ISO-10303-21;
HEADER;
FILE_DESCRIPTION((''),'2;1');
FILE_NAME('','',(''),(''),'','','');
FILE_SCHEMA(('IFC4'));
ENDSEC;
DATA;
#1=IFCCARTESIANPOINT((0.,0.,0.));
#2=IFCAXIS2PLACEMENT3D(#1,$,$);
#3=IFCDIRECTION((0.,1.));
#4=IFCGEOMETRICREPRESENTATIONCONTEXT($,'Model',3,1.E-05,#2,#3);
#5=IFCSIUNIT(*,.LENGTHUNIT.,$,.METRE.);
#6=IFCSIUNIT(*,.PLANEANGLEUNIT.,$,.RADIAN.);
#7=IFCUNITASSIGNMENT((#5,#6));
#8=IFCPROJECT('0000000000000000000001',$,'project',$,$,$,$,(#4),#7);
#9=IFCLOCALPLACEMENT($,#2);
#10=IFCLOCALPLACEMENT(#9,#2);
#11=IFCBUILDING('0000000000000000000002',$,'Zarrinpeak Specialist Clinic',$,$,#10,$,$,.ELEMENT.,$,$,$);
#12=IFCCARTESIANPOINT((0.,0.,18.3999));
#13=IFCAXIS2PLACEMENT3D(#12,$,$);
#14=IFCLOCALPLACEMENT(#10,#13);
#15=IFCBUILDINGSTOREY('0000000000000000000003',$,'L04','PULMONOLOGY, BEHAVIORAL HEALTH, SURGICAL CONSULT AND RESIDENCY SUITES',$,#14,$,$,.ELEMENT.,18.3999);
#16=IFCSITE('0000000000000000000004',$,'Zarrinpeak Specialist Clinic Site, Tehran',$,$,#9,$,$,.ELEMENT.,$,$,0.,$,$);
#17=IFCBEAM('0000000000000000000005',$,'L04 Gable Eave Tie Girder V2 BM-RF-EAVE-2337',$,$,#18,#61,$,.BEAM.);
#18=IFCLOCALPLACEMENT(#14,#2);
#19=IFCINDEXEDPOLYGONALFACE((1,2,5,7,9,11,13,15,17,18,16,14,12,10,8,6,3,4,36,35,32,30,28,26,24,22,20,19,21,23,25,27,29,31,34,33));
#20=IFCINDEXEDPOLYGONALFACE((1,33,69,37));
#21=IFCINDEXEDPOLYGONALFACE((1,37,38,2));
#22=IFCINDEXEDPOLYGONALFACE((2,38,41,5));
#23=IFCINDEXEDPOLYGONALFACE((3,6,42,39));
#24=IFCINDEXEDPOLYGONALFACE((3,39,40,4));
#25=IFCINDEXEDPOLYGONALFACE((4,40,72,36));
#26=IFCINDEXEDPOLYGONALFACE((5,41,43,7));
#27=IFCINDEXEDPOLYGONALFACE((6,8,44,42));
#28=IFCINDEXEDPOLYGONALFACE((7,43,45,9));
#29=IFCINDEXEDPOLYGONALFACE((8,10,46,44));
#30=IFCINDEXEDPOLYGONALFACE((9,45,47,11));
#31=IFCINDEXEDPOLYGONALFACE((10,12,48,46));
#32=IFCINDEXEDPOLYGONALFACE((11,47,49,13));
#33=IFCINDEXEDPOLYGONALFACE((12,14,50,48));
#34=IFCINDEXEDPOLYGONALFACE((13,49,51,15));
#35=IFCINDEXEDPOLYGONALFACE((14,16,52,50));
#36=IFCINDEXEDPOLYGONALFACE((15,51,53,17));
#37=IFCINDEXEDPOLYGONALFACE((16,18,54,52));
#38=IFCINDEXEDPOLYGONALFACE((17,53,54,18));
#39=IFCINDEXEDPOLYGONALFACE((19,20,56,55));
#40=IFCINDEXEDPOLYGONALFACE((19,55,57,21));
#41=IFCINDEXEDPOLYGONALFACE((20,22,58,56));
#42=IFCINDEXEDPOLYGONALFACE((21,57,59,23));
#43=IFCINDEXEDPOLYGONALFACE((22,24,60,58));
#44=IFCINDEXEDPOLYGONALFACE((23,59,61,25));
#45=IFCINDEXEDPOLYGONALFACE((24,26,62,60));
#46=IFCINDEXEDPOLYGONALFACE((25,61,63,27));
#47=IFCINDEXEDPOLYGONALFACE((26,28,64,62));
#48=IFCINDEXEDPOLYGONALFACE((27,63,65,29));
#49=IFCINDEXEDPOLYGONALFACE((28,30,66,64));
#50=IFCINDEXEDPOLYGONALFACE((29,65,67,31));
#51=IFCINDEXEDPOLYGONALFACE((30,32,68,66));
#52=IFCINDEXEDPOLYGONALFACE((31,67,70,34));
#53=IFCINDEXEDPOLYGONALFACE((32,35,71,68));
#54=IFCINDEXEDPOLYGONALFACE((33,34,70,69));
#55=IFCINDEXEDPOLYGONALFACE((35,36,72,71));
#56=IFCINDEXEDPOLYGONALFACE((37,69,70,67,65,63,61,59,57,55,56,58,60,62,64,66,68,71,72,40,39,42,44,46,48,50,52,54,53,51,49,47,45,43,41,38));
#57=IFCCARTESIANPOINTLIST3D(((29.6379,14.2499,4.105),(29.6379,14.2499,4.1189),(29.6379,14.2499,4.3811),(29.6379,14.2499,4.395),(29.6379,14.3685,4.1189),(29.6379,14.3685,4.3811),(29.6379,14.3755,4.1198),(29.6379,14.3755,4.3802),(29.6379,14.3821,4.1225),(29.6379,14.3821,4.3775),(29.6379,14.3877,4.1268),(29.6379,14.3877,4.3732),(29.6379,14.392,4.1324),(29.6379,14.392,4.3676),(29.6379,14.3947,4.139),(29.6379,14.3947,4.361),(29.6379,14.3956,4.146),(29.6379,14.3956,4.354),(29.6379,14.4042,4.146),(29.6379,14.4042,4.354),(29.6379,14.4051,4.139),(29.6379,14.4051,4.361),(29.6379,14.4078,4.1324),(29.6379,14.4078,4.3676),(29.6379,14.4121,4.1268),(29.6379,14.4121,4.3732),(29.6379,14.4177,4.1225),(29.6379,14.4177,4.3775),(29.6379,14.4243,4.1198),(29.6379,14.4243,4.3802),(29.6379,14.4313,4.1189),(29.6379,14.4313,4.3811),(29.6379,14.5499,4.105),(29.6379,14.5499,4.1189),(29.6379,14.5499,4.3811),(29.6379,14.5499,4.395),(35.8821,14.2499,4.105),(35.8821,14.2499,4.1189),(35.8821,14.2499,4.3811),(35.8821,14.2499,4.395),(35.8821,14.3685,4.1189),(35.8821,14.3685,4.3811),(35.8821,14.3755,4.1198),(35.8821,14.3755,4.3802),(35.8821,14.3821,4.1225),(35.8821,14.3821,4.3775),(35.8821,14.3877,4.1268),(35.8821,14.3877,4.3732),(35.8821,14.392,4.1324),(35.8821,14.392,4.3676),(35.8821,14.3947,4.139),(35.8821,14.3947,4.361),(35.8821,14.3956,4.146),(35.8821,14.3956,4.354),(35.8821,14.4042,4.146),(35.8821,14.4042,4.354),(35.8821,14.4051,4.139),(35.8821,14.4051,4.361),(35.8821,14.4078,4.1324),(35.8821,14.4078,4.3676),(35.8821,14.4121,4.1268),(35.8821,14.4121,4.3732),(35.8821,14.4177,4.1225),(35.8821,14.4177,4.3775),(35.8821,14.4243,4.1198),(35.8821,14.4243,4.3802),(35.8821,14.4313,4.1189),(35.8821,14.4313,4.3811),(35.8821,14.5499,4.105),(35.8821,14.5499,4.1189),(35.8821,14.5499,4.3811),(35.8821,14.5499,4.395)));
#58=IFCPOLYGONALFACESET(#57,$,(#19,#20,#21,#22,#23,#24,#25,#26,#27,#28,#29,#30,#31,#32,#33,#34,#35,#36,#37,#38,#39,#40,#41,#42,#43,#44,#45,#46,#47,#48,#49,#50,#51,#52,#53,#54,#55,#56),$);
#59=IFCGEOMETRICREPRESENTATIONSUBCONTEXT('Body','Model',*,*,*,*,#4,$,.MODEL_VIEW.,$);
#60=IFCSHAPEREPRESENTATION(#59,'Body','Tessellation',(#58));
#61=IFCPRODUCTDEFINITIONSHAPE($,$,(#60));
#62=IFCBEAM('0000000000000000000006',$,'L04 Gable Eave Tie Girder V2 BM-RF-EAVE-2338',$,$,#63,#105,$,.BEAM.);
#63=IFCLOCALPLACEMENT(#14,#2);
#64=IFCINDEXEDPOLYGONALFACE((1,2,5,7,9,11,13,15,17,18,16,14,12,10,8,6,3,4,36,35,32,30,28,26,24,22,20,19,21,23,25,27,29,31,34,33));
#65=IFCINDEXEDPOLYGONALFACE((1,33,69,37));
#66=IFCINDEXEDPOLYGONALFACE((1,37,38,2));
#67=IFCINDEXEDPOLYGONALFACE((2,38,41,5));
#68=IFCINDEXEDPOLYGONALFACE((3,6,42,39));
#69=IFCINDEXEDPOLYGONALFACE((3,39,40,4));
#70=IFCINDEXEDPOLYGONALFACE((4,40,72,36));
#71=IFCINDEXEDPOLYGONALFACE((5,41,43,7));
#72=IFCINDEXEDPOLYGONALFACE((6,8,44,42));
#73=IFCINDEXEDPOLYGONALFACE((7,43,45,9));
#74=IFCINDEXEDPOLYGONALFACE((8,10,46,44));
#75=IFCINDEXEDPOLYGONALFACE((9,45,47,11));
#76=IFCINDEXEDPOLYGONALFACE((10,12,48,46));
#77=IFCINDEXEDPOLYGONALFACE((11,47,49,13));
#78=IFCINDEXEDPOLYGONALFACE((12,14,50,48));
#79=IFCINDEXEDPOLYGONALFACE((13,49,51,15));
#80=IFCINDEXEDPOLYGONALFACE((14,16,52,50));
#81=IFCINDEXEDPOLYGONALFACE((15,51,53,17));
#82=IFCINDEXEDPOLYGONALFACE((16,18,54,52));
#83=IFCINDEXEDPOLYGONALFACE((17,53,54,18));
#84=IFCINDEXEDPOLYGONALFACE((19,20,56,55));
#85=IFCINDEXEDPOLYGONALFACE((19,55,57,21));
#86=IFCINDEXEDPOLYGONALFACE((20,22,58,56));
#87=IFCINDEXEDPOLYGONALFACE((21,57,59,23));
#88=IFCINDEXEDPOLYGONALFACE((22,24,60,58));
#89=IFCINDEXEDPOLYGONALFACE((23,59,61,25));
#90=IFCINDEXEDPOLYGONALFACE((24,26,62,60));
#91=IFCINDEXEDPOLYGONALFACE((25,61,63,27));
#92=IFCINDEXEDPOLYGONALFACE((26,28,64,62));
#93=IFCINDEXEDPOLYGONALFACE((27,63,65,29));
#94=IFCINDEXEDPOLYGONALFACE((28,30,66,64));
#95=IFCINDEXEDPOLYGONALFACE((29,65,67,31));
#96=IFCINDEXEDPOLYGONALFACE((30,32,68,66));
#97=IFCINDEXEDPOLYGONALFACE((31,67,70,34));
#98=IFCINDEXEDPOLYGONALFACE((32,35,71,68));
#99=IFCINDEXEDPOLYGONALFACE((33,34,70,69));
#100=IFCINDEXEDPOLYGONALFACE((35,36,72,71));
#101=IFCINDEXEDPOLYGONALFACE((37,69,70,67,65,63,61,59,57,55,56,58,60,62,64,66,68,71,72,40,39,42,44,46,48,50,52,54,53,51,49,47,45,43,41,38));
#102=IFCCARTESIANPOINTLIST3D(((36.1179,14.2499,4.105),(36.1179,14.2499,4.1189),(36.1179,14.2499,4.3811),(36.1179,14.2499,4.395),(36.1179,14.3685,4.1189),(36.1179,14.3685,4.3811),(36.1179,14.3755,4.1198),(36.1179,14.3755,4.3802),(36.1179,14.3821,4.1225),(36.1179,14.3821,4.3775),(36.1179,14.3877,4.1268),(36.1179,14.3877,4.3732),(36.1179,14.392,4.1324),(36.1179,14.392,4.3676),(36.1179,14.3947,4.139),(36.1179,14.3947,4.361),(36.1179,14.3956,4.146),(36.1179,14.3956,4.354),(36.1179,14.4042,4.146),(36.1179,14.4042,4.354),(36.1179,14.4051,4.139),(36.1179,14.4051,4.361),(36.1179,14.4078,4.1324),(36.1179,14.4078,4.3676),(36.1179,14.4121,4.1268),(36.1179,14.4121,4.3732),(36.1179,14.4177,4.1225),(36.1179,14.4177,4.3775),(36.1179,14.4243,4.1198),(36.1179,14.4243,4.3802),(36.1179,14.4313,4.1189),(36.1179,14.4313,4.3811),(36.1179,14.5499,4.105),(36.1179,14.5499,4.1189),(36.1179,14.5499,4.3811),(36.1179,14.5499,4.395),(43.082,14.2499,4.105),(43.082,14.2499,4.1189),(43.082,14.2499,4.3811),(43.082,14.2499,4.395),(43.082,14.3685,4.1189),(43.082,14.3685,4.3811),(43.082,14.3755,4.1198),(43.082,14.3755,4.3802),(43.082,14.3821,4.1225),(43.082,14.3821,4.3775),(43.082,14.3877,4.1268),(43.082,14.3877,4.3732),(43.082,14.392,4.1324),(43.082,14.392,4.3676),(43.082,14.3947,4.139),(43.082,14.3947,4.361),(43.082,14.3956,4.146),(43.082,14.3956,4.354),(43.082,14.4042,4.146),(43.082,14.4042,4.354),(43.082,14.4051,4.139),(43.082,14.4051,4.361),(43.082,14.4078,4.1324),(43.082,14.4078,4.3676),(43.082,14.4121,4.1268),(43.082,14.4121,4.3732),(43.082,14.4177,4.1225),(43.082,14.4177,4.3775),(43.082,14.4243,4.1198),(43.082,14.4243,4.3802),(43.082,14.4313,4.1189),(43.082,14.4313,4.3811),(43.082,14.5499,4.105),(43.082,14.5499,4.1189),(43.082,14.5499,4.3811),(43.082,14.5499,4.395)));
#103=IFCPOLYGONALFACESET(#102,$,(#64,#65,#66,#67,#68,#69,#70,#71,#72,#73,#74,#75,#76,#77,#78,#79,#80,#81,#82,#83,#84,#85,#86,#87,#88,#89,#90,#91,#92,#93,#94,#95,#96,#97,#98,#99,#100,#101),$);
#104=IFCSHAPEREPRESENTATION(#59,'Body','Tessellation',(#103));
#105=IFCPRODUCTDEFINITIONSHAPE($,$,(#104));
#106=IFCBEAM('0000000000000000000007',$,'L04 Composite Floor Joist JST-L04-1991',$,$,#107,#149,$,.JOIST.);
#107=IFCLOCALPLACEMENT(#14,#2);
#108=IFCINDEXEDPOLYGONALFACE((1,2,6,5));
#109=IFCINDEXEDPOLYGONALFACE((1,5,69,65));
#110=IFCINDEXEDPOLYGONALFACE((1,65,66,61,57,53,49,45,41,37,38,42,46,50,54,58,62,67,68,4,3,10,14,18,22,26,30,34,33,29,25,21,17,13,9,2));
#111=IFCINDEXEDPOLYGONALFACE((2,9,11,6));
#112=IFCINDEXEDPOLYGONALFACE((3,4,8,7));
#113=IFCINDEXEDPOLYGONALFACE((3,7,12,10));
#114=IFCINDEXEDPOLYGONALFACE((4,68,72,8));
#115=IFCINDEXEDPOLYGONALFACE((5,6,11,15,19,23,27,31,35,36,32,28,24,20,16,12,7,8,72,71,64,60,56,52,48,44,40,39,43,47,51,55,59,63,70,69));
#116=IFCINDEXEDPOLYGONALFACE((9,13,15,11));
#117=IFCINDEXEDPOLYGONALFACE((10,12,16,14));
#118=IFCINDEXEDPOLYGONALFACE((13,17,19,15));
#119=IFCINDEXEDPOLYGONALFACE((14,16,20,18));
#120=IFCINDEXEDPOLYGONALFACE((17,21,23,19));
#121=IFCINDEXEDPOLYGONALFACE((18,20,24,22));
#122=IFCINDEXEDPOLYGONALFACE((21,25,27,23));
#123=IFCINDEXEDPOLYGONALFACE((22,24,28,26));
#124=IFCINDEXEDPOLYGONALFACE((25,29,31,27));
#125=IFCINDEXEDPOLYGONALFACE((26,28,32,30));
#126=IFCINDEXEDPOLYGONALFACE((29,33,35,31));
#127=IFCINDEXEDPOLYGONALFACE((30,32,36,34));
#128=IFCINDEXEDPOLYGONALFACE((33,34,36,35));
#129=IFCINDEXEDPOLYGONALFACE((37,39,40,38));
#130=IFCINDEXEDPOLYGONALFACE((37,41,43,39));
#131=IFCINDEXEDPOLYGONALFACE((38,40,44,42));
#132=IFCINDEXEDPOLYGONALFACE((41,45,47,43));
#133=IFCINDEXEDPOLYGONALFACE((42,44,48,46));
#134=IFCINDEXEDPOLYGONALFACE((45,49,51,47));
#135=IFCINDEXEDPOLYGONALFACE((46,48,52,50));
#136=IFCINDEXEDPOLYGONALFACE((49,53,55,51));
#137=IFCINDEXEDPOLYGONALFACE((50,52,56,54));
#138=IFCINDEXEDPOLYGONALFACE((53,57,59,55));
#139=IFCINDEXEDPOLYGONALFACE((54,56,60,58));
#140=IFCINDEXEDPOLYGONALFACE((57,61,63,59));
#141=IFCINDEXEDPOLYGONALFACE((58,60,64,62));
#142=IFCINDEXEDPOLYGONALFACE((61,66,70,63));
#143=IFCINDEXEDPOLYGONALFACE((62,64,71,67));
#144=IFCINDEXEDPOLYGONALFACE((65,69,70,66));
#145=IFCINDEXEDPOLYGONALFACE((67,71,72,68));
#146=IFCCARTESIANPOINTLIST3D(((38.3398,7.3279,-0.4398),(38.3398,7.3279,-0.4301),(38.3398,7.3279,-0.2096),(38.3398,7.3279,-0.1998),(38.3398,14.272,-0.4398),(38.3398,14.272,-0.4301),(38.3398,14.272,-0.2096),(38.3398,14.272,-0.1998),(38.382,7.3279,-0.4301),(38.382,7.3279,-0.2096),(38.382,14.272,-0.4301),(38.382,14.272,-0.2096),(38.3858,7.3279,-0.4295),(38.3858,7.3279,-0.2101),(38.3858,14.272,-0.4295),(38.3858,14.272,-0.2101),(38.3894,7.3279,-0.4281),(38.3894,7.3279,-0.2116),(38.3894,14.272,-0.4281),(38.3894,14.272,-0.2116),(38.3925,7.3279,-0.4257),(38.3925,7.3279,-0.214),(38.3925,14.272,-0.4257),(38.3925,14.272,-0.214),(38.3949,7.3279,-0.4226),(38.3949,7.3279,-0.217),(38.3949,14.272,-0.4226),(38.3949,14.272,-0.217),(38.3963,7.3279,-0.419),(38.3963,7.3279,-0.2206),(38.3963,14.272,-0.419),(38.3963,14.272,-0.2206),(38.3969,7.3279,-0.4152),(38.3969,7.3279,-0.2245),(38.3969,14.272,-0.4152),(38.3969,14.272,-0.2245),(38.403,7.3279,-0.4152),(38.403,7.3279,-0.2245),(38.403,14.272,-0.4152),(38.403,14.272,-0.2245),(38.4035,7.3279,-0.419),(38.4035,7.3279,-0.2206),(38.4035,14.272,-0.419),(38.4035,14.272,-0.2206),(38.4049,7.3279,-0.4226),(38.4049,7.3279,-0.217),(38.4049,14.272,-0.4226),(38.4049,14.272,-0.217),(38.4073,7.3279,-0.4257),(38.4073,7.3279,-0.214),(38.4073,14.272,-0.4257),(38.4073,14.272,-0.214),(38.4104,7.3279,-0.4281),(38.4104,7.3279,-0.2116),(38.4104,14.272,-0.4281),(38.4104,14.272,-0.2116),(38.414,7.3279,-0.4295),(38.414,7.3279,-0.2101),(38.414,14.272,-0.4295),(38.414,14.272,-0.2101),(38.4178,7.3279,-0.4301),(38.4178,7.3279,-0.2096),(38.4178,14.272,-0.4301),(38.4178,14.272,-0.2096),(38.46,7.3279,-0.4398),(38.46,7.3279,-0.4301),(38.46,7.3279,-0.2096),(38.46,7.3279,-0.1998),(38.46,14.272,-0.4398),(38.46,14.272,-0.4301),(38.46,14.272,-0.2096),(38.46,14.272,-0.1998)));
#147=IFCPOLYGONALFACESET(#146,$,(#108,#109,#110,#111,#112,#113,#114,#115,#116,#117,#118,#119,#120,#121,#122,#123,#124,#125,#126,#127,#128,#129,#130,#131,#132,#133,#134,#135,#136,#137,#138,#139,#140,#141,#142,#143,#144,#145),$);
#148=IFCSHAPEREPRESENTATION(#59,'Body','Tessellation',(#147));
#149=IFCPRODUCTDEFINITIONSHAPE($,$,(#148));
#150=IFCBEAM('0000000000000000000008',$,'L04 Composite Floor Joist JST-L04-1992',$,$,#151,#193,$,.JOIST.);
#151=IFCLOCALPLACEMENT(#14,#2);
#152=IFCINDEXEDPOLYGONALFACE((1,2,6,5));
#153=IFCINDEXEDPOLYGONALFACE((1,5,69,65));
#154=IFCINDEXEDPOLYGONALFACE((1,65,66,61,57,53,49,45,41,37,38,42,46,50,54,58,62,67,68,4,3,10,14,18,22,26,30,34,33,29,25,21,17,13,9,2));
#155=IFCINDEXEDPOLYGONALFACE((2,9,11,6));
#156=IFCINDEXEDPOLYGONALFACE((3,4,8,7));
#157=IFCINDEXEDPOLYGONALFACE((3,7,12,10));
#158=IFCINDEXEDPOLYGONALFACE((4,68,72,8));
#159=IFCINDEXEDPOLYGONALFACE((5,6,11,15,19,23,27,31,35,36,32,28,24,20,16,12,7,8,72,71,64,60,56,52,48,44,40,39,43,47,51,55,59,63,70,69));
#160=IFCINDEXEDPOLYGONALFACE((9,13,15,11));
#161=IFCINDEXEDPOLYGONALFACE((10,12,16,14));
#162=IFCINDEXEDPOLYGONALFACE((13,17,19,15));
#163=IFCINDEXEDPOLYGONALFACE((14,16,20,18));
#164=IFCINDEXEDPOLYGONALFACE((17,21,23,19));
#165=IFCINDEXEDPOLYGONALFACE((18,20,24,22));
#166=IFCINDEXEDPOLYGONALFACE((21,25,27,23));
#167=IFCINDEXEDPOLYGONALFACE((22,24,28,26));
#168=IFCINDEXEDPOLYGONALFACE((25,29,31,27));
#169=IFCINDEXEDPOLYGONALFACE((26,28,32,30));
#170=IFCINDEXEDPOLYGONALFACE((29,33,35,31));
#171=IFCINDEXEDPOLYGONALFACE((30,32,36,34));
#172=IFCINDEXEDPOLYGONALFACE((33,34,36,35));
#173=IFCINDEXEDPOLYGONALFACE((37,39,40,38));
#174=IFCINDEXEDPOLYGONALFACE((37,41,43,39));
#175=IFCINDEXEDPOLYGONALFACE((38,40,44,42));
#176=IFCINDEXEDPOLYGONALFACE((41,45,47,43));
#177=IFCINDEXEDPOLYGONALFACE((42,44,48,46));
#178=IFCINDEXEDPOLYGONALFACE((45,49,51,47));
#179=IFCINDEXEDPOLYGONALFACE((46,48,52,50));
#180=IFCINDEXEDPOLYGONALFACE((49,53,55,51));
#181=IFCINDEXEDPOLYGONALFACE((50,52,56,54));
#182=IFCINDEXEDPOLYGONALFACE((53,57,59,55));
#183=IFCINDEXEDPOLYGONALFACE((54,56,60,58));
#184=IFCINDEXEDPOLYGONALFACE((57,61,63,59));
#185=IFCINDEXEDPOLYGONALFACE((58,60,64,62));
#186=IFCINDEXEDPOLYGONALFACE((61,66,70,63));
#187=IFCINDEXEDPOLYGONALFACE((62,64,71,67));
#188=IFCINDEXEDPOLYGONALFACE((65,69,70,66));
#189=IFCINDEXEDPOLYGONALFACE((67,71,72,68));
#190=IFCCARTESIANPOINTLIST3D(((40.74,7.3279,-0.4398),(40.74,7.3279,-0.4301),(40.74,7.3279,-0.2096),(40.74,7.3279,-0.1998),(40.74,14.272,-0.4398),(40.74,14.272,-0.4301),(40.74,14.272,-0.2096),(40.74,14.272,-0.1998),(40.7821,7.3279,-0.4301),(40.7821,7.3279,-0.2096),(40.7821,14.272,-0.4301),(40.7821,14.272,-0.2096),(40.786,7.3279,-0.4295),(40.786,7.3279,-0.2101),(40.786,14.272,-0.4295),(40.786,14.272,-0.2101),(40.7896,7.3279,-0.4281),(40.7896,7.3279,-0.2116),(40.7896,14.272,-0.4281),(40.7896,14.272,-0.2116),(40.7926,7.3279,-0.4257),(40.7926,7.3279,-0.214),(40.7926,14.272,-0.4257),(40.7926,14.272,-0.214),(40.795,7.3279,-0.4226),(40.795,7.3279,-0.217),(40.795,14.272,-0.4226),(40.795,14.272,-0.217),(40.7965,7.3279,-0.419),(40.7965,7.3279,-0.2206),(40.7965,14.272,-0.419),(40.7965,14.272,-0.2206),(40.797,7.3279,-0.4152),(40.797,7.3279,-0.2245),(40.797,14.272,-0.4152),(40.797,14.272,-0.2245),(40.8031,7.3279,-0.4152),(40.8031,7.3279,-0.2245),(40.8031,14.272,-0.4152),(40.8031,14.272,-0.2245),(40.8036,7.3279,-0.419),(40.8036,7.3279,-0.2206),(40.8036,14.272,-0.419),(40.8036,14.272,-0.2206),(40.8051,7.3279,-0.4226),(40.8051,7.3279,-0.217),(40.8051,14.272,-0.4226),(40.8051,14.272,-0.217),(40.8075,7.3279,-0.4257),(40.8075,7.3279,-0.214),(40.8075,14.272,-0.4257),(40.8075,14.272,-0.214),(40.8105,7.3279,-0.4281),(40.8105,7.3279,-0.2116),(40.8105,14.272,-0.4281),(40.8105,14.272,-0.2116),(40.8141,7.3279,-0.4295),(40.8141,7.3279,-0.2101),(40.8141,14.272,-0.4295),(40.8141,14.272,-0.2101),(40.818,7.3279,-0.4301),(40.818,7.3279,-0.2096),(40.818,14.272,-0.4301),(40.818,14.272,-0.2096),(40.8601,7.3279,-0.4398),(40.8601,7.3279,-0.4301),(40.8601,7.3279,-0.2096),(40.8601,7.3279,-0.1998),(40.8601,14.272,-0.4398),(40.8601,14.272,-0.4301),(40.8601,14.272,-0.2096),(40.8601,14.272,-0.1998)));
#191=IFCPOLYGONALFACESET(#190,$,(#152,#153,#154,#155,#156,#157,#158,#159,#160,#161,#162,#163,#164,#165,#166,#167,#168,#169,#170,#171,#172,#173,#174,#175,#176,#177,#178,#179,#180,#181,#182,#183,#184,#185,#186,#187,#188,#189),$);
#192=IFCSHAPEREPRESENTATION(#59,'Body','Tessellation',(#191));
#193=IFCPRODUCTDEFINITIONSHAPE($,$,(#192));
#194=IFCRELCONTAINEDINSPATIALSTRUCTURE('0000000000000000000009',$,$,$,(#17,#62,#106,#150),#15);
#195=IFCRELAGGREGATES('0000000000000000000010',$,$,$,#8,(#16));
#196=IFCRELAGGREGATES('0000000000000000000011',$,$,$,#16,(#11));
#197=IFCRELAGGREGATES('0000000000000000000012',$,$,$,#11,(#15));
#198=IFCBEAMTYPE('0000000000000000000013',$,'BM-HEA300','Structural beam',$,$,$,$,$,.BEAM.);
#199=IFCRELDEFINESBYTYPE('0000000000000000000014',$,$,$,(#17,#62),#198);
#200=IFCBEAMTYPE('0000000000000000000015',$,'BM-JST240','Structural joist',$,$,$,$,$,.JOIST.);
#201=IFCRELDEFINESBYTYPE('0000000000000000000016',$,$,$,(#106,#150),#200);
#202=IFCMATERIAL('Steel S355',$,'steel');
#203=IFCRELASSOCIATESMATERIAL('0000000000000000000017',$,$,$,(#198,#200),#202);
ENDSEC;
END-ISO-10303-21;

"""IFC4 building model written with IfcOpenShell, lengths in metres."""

from ifc_helpers import new_model, si_unit, direction, frame, origin, origin_2d, place, context, subcontext, project, spatial, i_section, extrude, material, material_profile, profile_set, type_object, element, save


model = new_model("IFC4")

# Units and contexts
model_context = context("Model", 3, precision=1e-05, world=origin(), true_north=direction((0.0, 1.0)))
body_context = subcontext(model_context, "Body", "Model", "MODEL_VIEW")
ifc_project = project(units=[si_unit("LENGTHUNIT", "METRE"), si_unit("PLANEANGLEUNIT", "RADIAN")], contexts=[model_context])

# Site, building, storey
site_placement = place(None, origin())
site = spatial("IfcSite", under=ifc_project, at=site_placement, Name="Zarrinpeak Specialist Clinic Site, Tehran", CompositionType="ELEMENT", RefElevation=0.0)
building_placement = place(site_placement, origin())
building = spatial("IfcBuilding", under=site, at=building_placement, Name="Zarrinpeak Specialist Clinic", CompositionType="ELEMENT")
storey_placement = place(building_placement, frame((0.0, 0.0, 18.3999)))
storey = spatial("IfcBuildingStorey", under=building, at=storey_placement, Name="L04", Description="PULMONOLOGY, BEHAVIORAL HEALTH, SURGICAL CONSULT AND RESIDENCY SUITES", CompositionType="ELEMENT", Elevation=18.3999)

# Shared definitions
ifc_material_1 = material(Name="Steel S355", Category="steel")

# Beams
ifc_material_profile_1 = material_profile(ifc_material_1, i_section(OverallWidth=0.3, OverallDepth=0.29, WebThickness=0.0085, FlangeThickness=0.0139, FilletRadius=0.0271, at=origin_2d()), Name="HEA 300")
ifc_profile_set_1 = profile_set([ifc_material_profile_1], Name="Steel S355")
beam_type_1 = type_object("IfcBeamType", Name="BM-HEA300", Description="Structural beam", PredefinedType="BEAM", material=ifc_profile_set_1)
beam_1_placement = place(storey_placement, frame((29.6379, 14.3999, 4.25), z_axis=(1.0, 0.0, 0.0), x_axis=(0.0, 1.0, 0.0)))
element("IfcBeam", 1, at=beam_1_placement, inside=storey, type_object=beam_type_1, Name="L04 Gable Eave Tie Girder V2 BM-RF-EAVE-2337", PredefinedType="BEAM", context=body_context, shape_type="SweptSolid", body=[
    extrude(i_section(OverallWidth=0.3, OverallDepth=0.29, WebThickness=0.0085, FlangeThickness=0.0139, FilletRadius=0.0271, at=origin_2d()), origin(), (0.0, 0.0, 1.0), 6.2441),
])
beam_2_placement = place(storey_placement, frame((36.1179, 14.3999, 4.25), z_axis=(1.0, 0.0, 0.0), x_axis=(0.0, 1.0, 0.0)))
element("IfcBeam", 2, at=beam_2_placement, inside=storey, type_object=beam_type_1, Name="L04 Gable Eave Tie Girder V2 BM-RF-EAVE-2338", PredefinedType="BEAM", context=body_context, shape_type="SweptSolid", body=[
    extrude(i_section(OverallWidth=0.3, OverallDepth=0.29, WebThickness=0.0085, FlangeThickness=0.0139, FilletRadius=0.0271, at=origin_2d()), origin(), (0.0, 0.0, 1.0), 6.9641),
])
ifc_material_profile_2 = material_profile(ifc_material_1, i_section(OverallWidth=0.1201, OverallDepth=0.24, WebThickness=0.0061, FlangeThickness=0.0098, FilletRadius=0.0149, at=origin_2d()), Name="IPE 240")
ifc_profile_set_2 = profile_set([ifc_material_profile_2], Name="Steel S355")
beam_type_2 = type_object("IfcBeamType", Name="BM-JST240", Description="Structural joist", PredefinedType="JOIST", material=ifc_profile_set_2)
for number, where, z_axis, x_axis, name in (
    (3, (38.3999, 7.3279, -0.3198), (0.0, 1.0, 0.0), (-1.0, 0.0, 0.0), "L04 Composite Floor Joist JST-L04-1991"),
    (4, (40.8, 7.3279, -0.3198), (0.0, 1.0, 0.0), (-1.0, 0.0, 0.0), "L04 Composite Floor Joist JST-L04-1992"),
):
    element("IfcBeam", number, at=place(storey_placement, frame(where, z_axis=z_axis, x_axis=x_axis)), inside=storey, type_object=beam_type_2, Name=name, PredefinedType="JOIST", context=body_context, shape_type="SweptSolid", body=[
        extrude(i_section(OverallWidth=0.1201, OverallDepth=0.24, WebThickness=0.0061, FlangeThickness=0.0098, FilletRadius=0.0149, at=origin_2d()), origin(), (0.0, 0.0, 1.0), 6.9441),
    ])

save(model, "model.ifc")
